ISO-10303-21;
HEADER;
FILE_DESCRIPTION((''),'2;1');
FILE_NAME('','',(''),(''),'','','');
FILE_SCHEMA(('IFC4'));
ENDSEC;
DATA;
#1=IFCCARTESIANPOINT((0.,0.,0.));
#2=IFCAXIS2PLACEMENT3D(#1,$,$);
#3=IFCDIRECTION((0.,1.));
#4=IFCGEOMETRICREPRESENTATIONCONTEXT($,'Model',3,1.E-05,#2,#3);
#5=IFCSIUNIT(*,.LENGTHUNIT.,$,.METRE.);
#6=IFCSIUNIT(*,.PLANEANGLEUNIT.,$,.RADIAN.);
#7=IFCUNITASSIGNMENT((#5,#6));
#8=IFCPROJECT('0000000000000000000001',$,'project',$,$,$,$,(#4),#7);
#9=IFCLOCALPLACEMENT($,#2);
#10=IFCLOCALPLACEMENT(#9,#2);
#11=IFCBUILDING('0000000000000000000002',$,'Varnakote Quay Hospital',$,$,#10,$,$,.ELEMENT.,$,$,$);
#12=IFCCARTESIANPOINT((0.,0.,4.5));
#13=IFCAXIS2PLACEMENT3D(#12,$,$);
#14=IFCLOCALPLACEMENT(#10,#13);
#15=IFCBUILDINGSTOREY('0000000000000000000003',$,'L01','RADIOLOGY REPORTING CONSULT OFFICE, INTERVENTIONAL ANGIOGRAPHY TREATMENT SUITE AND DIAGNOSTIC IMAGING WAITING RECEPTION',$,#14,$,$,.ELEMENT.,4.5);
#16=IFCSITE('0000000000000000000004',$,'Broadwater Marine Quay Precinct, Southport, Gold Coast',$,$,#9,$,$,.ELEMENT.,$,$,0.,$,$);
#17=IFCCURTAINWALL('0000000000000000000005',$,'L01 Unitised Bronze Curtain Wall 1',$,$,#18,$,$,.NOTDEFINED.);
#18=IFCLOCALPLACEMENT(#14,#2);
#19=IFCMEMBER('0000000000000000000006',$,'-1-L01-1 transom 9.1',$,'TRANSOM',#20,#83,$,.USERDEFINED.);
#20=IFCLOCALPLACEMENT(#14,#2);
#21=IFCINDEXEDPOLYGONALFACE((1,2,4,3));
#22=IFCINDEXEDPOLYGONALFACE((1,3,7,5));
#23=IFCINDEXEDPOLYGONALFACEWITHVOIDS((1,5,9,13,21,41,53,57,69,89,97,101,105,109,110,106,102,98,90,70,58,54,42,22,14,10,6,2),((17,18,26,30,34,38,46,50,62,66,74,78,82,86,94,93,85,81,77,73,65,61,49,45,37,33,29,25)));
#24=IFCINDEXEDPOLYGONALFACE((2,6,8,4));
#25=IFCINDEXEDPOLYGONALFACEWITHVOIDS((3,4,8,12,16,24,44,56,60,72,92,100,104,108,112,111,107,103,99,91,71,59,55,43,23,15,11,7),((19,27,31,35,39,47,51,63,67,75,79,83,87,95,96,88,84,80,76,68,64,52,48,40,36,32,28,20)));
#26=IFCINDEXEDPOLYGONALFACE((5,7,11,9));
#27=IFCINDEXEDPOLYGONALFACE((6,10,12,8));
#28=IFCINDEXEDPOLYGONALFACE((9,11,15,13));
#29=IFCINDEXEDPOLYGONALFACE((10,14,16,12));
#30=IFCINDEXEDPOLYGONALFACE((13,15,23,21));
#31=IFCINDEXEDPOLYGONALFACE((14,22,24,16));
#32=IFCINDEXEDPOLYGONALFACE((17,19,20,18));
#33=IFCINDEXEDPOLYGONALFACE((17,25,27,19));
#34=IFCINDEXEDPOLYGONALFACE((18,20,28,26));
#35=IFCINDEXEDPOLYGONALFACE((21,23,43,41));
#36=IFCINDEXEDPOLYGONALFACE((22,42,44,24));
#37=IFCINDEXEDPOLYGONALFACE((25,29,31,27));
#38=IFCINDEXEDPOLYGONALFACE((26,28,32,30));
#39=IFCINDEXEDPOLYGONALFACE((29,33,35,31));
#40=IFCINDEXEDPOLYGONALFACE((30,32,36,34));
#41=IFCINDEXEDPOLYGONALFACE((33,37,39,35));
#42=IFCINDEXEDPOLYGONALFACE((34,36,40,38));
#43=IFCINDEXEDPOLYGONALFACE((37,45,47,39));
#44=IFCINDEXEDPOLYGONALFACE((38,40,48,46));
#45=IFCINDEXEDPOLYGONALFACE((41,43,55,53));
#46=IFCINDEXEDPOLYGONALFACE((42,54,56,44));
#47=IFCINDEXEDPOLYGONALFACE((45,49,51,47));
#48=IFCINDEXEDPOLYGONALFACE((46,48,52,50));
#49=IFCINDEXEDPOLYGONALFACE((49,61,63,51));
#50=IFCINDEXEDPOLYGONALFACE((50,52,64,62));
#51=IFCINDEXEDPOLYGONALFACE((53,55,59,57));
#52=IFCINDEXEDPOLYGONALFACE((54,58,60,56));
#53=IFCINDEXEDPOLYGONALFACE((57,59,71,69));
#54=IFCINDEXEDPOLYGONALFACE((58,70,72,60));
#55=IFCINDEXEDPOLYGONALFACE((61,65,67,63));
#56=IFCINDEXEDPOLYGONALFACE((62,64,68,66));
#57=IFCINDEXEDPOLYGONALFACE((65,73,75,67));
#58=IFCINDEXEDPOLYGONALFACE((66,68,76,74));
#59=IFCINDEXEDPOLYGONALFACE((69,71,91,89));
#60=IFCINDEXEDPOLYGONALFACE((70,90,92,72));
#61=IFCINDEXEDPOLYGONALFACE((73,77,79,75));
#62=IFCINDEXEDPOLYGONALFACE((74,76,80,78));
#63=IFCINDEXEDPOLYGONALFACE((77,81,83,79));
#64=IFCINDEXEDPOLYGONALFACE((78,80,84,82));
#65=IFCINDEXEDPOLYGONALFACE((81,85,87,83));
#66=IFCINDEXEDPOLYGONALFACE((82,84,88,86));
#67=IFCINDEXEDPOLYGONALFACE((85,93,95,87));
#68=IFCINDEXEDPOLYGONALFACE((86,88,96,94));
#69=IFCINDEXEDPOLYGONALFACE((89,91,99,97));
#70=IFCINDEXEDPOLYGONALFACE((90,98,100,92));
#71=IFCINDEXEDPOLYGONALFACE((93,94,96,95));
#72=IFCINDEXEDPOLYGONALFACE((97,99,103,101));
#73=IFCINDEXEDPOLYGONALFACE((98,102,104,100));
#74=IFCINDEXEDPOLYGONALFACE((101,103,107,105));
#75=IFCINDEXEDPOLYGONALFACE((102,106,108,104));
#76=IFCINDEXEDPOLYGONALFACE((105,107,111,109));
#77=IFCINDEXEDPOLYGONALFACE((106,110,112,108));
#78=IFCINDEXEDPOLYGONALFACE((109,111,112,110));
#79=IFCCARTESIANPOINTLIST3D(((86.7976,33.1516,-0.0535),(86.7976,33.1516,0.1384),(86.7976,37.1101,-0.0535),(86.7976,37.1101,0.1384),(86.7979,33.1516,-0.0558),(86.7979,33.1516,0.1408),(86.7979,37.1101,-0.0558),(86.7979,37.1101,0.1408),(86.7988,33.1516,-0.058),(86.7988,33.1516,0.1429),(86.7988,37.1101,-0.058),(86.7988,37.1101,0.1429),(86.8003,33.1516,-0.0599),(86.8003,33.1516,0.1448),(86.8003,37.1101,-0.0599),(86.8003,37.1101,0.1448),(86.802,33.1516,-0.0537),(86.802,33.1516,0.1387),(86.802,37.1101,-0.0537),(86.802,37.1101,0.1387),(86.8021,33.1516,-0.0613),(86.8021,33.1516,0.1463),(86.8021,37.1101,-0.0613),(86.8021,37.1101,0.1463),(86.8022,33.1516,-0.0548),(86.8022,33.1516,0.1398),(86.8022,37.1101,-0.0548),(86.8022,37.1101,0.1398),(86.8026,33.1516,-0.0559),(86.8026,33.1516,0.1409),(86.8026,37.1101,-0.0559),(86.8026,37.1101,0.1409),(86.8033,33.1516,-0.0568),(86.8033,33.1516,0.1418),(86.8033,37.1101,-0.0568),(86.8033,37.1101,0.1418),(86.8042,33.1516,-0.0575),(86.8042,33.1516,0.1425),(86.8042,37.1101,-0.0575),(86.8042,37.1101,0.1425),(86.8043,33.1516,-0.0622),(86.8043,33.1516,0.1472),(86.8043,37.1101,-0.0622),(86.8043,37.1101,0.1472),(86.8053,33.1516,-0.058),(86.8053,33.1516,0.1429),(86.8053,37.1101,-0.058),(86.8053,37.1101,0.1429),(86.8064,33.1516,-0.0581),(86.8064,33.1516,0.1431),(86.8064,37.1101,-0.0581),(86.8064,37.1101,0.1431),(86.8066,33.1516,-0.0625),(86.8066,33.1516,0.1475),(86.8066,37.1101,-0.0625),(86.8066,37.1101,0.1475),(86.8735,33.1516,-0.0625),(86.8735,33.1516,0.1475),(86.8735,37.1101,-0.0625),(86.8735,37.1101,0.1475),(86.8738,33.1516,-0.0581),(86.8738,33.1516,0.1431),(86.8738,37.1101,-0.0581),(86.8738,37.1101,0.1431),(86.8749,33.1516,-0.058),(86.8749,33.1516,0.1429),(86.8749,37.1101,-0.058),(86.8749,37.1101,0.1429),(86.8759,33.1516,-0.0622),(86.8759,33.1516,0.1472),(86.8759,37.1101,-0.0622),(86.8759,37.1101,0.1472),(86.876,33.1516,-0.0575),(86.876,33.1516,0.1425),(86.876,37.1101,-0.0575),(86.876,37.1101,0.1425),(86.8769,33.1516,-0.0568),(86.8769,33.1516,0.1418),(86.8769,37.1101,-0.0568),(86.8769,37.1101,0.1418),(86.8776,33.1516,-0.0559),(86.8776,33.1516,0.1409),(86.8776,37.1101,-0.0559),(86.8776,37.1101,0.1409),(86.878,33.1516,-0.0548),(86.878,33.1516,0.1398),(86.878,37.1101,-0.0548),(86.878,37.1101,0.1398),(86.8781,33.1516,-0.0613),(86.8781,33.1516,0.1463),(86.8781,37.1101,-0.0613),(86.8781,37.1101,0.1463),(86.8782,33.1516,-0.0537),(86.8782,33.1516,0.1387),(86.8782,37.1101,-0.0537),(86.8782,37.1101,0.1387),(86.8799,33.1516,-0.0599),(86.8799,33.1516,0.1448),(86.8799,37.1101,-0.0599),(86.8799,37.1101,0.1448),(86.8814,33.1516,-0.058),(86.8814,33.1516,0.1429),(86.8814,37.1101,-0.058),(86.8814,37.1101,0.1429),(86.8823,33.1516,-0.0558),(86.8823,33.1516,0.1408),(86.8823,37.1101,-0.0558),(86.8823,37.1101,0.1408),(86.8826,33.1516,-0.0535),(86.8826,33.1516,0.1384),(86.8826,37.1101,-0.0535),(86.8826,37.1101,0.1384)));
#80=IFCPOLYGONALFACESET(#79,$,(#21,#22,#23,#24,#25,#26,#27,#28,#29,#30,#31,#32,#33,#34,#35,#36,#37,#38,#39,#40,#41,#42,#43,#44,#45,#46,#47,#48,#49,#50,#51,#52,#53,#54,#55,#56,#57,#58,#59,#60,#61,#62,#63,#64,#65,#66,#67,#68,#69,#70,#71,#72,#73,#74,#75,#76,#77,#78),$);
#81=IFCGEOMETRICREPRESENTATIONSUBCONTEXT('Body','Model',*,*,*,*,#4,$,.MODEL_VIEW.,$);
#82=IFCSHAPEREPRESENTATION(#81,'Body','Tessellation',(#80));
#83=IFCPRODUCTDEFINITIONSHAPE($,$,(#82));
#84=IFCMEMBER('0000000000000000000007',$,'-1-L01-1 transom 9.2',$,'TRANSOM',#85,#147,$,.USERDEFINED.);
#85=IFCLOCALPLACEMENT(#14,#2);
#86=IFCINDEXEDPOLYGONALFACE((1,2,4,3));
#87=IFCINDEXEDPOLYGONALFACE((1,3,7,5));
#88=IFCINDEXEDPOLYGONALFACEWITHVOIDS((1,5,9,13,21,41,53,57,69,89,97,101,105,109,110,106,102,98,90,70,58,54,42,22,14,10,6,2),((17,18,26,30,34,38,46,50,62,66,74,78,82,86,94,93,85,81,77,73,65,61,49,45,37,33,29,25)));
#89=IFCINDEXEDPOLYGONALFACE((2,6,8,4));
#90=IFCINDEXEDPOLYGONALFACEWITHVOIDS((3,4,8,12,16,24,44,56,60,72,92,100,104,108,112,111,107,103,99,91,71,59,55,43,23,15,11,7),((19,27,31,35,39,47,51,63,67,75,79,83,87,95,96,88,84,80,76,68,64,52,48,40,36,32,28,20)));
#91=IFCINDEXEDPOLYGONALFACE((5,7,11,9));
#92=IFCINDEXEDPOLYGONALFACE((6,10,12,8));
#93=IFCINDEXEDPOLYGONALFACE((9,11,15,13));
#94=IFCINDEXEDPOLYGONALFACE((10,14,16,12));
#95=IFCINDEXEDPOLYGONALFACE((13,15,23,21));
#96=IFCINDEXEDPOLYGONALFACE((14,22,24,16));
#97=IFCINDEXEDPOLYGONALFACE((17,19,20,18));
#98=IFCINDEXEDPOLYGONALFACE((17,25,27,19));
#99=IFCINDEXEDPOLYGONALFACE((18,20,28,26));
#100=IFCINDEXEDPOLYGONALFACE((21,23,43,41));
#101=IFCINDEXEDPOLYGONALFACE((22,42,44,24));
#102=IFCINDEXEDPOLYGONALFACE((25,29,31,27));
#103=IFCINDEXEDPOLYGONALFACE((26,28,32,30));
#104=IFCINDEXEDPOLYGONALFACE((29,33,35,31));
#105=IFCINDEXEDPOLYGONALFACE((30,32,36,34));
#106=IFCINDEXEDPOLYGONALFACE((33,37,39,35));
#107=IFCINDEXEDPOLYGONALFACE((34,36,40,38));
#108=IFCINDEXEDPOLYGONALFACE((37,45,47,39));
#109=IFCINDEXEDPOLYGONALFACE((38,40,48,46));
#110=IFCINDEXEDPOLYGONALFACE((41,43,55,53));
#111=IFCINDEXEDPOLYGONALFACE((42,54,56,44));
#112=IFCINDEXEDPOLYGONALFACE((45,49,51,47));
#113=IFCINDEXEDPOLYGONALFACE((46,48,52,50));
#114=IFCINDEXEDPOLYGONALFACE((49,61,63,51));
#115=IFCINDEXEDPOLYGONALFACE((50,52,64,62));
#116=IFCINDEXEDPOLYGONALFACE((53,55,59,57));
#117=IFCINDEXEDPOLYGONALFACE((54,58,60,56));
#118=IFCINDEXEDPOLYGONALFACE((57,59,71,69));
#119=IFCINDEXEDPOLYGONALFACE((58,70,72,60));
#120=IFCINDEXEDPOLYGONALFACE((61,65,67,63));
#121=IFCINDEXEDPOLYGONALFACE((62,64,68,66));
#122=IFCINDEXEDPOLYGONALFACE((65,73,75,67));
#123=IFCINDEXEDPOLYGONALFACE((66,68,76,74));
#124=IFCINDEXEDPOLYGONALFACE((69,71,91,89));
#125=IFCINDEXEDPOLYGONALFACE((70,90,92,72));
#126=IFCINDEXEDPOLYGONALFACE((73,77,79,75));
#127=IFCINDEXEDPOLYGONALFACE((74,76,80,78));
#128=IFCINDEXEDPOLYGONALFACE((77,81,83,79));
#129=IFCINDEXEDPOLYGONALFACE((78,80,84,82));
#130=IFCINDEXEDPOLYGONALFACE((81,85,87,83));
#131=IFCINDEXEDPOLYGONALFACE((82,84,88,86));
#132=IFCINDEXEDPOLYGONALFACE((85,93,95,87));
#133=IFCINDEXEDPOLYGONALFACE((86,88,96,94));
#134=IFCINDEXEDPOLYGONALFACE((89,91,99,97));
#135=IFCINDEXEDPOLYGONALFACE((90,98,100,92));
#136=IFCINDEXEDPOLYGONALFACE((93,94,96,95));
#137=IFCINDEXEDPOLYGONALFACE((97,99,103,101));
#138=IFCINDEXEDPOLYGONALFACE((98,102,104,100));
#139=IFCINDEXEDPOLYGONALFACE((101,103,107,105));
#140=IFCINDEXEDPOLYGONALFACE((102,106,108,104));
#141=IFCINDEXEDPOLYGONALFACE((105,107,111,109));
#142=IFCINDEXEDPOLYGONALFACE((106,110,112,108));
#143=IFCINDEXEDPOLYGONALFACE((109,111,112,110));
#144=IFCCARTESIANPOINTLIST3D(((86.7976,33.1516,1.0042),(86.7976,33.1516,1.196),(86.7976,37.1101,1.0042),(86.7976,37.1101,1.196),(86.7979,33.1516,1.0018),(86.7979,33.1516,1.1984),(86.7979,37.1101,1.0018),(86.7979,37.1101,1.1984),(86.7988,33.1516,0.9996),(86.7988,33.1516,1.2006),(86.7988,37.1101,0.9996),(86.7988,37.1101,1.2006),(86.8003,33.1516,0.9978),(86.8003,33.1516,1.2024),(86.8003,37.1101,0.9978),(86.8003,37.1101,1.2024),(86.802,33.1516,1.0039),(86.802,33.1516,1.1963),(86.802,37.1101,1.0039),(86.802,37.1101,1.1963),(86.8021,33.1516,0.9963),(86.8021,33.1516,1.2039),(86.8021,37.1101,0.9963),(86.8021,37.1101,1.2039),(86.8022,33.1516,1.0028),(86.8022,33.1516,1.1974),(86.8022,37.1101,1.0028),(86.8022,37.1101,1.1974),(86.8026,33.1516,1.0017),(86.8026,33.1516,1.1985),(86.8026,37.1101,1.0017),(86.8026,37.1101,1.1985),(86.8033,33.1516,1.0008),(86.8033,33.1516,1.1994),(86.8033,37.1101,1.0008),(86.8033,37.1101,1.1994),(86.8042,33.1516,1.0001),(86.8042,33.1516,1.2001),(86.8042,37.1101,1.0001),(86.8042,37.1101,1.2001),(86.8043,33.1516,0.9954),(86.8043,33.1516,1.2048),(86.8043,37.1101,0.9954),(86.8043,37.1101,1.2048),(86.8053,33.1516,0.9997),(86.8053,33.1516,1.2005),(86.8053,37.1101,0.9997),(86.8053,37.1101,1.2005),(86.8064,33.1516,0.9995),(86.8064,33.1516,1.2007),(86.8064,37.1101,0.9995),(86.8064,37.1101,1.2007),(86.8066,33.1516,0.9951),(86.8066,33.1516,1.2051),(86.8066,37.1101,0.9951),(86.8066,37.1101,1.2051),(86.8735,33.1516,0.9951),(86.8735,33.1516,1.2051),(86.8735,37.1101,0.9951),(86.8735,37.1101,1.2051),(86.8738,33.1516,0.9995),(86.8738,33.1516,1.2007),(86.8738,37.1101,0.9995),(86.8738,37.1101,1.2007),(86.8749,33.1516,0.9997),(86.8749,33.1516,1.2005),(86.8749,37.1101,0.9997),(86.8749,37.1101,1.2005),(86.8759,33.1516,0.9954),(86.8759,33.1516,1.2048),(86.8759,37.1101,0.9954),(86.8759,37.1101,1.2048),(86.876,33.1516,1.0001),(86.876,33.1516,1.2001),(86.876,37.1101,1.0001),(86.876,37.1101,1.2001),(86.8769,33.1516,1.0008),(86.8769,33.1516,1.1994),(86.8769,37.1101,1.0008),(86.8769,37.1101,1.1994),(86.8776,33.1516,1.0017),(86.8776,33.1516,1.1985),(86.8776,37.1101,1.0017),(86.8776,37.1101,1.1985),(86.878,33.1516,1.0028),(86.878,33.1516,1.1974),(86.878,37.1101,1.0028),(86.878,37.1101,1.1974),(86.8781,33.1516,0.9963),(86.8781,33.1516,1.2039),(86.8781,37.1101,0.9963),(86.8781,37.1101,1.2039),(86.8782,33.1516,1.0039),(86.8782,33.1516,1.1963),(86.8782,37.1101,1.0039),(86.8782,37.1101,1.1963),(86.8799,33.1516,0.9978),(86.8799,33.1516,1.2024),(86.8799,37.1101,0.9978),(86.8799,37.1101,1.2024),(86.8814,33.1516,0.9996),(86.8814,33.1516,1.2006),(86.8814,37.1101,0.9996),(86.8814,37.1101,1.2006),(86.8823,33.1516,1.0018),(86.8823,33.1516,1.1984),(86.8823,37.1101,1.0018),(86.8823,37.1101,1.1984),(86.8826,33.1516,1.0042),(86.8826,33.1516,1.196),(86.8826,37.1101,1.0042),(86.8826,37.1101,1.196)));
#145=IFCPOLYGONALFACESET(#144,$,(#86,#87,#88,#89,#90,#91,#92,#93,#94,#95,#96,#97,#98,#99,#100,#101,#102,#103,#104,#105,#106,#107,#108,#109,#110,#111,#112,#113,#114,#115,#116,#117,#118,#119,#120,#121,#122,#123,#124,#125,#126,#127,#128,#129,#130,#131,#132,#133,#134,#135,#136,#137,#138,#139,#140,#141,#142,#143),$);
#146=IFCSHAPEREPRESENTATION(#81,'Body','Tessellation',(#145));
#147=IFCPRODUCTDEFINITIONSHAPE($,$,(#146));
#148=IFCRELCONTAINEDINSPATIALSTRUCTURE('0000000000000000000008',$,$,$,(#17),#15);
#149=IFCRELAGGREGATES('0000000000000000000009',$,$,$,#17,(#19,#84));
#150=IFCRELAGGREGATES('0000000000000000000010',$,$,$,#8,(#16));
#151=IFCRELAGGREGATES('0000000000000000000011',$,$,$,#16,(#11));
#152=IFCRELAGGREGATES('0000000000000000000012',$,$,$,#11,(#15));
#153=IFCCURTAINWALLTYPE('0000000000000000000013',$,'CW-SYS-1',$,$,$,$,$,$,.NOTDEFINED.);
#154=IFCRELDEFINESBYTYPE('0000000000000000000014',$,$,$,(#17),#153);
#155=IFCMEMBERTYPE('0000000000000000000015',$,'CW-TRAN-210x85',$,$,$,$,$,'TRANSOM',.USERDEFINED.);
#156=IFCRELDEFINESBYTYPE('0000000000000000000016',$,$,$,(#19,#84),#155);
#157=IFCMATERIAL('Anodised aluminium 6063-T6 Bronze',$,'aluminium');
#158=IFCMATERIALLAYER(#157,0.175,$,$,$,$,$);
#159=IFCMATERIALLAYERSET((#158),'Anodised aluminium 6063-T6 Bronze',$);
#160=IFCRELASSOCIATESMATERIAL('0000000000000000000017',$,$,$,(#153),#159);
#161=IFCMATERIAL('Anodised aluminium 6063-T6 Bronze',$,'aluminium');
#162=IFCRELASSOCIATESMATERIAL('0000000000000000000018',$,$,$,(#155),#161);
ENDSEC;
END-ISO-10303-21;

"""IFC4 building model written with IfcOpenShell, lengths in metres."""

from ifc_helpers import new_model, si_unit, direction, frame, origin, origin_2d, place, context, subcontext, project, spatial, hollow_rectangle, extrude, material, layer, layer_set, material_profile, profile_set, type_object, element, aggregate, save


model = new_model("IFC4")

# Units and contexts
model_context = context("Model", 3, precision=1e-05, world=origin(), true_north=direction((0.0, 1.0)))
body_context = subcontext(model_context, "Body", "Model", "MODEL_VIEW")
ifc_project = project(units=[si_unit("LENGTHUNIT", "METRE"), si_unit("PLANEANGLEUNIT", "RADIAN")], contexts=[model_context])

# Site, building, storey
site_placement = place(None, origin())
site = spatial("IfcSite", under=ifc_project, at=site_placement, Name="Broadwater Marine Quay Precinct, Southport, Gold Coast", CompositionType="ELEMENT", RefElevation=0.0)
building_placement = place(site_placement, origin())
building = spatial("IfcBuilding", under=site, at=building_placement, Name="Varnakote Quay Hospital", CompositionType="ELEMENT")
storey_placement = place(building_placement, frame((0.0, 0.0, 4.5)))
storey = spatial("IfcBuildingStorey", under=building, at=storey_placement, Name="L01", Description="RADIOLOGY REPORTING CONSULT OFFICE, INTERVENTIONAL ANGIOGRAPHY TREATMENT SUITE AND DIAGNOSTIC IMAGING WAITING RECEPTION", CompositionType="ELEMENT", Elevation=4.5)

# Curtain wall, members
ifc_material_1 = material(Name="Anodised aluminium 6063-T6 Bronze", Category="aluminium")
ifc_layer_1 = layer(ifc_material_1, 0.175)
ifc_layer_set_1 = layer_set([ifc_layer_1], Name="Anodised aluminium 6063-T6 Bronze")
curtain_wall_type = type_object("IfcCurtainWallType", Name="CW-SYS-1", PredefinedType="NOTDEFINED", material=ifc_layer_set_1)
curtain_wall_placement = place(storey_placement, origin())
curtain_wall = element("IfcCurtainWall", 1, at=curtain_wall_placement, inside=storey, type_object=curtain_wall_type, Name="L01 Unitised Bronze Curtain Wall 1", PredefinedType="NOTDEFINED")
ifc_material_2 = material(Name="Anodised aluminium 6063-T6 Bronze", Category="aluminium")
ifc_material_profile_1 = material_profile(ifc_material_2, hollow_rectangle(XDim=0.085, YDim=0.21, WallThickness=0.0044, InnerFilletRadius=0.0044, OuterFilletRadius=0.009, at=origin_2d()), Name="CW-TRAN-210x85")
ifc_profile_set_1 = profile_set([ifc_material_profile_1], Name="Anodised aluminium 6063-T6 Bronze")
member_type_1 = type_object("IfcMemberType", Name="CW-TRAN-210x85", ElementType="TRANSOM", PredefinedType="USERDEFINED", material=ifc_profile_set_1)
member_1_placement = place(storey_placement, frame((86.8401, 33.1516, 0.0425), z_axis=(0.0, 1.0, 0.0), x_axis=(-1.0, 0.0, 0.0)))
member_1 = element("IfcMember", 2, at=member_1_placement, type_object=member_type_1, Name="-1-L01-1 transom 9.1", ObjectType="TRANSOM", PredefinedType="USERDEFINED", context=body_context, shape_type="SweptSolid", body=[
    extrude(hollow_rectangle(XDim=0.085, YDim=0.21, WallThickness=0.0044, InnerFilletRadius=0.0044, OuterFilletRadius=0.009, at=origin_2d()), origin(), (0.0, 0.0, 1.0), 3.9585),
])
member_2_placement = place(storey_placement, frame((86.8401, 33.1516, 1.1001), z_axis=(0.0, 1.0, 0.0), x_axis=(-1.0, 0.0, 0.0)))
member_2 = element("IfcMember", 3, at=member_2_placement, type_object=member_type_1, Name="-1-L01-1 transom 9.2", ObjectType="TRANSOM", PredefinedType="USERDEFINED", context=body_context, shape_type="SweptSolid", body=[
    extrude(hollow_rectangle(XDim=0.085, YDim=0.21, WallThickness=0.0044, InnerFilletRadius=0.0044, OuterFilletRadius=0.009, at=origin_2d()), origin(), (0.0, 0.0, 1.0), 3.9585),
])

aggregate(curtain_wall, [member_1, member_2])

save(model, "model.ifc")
